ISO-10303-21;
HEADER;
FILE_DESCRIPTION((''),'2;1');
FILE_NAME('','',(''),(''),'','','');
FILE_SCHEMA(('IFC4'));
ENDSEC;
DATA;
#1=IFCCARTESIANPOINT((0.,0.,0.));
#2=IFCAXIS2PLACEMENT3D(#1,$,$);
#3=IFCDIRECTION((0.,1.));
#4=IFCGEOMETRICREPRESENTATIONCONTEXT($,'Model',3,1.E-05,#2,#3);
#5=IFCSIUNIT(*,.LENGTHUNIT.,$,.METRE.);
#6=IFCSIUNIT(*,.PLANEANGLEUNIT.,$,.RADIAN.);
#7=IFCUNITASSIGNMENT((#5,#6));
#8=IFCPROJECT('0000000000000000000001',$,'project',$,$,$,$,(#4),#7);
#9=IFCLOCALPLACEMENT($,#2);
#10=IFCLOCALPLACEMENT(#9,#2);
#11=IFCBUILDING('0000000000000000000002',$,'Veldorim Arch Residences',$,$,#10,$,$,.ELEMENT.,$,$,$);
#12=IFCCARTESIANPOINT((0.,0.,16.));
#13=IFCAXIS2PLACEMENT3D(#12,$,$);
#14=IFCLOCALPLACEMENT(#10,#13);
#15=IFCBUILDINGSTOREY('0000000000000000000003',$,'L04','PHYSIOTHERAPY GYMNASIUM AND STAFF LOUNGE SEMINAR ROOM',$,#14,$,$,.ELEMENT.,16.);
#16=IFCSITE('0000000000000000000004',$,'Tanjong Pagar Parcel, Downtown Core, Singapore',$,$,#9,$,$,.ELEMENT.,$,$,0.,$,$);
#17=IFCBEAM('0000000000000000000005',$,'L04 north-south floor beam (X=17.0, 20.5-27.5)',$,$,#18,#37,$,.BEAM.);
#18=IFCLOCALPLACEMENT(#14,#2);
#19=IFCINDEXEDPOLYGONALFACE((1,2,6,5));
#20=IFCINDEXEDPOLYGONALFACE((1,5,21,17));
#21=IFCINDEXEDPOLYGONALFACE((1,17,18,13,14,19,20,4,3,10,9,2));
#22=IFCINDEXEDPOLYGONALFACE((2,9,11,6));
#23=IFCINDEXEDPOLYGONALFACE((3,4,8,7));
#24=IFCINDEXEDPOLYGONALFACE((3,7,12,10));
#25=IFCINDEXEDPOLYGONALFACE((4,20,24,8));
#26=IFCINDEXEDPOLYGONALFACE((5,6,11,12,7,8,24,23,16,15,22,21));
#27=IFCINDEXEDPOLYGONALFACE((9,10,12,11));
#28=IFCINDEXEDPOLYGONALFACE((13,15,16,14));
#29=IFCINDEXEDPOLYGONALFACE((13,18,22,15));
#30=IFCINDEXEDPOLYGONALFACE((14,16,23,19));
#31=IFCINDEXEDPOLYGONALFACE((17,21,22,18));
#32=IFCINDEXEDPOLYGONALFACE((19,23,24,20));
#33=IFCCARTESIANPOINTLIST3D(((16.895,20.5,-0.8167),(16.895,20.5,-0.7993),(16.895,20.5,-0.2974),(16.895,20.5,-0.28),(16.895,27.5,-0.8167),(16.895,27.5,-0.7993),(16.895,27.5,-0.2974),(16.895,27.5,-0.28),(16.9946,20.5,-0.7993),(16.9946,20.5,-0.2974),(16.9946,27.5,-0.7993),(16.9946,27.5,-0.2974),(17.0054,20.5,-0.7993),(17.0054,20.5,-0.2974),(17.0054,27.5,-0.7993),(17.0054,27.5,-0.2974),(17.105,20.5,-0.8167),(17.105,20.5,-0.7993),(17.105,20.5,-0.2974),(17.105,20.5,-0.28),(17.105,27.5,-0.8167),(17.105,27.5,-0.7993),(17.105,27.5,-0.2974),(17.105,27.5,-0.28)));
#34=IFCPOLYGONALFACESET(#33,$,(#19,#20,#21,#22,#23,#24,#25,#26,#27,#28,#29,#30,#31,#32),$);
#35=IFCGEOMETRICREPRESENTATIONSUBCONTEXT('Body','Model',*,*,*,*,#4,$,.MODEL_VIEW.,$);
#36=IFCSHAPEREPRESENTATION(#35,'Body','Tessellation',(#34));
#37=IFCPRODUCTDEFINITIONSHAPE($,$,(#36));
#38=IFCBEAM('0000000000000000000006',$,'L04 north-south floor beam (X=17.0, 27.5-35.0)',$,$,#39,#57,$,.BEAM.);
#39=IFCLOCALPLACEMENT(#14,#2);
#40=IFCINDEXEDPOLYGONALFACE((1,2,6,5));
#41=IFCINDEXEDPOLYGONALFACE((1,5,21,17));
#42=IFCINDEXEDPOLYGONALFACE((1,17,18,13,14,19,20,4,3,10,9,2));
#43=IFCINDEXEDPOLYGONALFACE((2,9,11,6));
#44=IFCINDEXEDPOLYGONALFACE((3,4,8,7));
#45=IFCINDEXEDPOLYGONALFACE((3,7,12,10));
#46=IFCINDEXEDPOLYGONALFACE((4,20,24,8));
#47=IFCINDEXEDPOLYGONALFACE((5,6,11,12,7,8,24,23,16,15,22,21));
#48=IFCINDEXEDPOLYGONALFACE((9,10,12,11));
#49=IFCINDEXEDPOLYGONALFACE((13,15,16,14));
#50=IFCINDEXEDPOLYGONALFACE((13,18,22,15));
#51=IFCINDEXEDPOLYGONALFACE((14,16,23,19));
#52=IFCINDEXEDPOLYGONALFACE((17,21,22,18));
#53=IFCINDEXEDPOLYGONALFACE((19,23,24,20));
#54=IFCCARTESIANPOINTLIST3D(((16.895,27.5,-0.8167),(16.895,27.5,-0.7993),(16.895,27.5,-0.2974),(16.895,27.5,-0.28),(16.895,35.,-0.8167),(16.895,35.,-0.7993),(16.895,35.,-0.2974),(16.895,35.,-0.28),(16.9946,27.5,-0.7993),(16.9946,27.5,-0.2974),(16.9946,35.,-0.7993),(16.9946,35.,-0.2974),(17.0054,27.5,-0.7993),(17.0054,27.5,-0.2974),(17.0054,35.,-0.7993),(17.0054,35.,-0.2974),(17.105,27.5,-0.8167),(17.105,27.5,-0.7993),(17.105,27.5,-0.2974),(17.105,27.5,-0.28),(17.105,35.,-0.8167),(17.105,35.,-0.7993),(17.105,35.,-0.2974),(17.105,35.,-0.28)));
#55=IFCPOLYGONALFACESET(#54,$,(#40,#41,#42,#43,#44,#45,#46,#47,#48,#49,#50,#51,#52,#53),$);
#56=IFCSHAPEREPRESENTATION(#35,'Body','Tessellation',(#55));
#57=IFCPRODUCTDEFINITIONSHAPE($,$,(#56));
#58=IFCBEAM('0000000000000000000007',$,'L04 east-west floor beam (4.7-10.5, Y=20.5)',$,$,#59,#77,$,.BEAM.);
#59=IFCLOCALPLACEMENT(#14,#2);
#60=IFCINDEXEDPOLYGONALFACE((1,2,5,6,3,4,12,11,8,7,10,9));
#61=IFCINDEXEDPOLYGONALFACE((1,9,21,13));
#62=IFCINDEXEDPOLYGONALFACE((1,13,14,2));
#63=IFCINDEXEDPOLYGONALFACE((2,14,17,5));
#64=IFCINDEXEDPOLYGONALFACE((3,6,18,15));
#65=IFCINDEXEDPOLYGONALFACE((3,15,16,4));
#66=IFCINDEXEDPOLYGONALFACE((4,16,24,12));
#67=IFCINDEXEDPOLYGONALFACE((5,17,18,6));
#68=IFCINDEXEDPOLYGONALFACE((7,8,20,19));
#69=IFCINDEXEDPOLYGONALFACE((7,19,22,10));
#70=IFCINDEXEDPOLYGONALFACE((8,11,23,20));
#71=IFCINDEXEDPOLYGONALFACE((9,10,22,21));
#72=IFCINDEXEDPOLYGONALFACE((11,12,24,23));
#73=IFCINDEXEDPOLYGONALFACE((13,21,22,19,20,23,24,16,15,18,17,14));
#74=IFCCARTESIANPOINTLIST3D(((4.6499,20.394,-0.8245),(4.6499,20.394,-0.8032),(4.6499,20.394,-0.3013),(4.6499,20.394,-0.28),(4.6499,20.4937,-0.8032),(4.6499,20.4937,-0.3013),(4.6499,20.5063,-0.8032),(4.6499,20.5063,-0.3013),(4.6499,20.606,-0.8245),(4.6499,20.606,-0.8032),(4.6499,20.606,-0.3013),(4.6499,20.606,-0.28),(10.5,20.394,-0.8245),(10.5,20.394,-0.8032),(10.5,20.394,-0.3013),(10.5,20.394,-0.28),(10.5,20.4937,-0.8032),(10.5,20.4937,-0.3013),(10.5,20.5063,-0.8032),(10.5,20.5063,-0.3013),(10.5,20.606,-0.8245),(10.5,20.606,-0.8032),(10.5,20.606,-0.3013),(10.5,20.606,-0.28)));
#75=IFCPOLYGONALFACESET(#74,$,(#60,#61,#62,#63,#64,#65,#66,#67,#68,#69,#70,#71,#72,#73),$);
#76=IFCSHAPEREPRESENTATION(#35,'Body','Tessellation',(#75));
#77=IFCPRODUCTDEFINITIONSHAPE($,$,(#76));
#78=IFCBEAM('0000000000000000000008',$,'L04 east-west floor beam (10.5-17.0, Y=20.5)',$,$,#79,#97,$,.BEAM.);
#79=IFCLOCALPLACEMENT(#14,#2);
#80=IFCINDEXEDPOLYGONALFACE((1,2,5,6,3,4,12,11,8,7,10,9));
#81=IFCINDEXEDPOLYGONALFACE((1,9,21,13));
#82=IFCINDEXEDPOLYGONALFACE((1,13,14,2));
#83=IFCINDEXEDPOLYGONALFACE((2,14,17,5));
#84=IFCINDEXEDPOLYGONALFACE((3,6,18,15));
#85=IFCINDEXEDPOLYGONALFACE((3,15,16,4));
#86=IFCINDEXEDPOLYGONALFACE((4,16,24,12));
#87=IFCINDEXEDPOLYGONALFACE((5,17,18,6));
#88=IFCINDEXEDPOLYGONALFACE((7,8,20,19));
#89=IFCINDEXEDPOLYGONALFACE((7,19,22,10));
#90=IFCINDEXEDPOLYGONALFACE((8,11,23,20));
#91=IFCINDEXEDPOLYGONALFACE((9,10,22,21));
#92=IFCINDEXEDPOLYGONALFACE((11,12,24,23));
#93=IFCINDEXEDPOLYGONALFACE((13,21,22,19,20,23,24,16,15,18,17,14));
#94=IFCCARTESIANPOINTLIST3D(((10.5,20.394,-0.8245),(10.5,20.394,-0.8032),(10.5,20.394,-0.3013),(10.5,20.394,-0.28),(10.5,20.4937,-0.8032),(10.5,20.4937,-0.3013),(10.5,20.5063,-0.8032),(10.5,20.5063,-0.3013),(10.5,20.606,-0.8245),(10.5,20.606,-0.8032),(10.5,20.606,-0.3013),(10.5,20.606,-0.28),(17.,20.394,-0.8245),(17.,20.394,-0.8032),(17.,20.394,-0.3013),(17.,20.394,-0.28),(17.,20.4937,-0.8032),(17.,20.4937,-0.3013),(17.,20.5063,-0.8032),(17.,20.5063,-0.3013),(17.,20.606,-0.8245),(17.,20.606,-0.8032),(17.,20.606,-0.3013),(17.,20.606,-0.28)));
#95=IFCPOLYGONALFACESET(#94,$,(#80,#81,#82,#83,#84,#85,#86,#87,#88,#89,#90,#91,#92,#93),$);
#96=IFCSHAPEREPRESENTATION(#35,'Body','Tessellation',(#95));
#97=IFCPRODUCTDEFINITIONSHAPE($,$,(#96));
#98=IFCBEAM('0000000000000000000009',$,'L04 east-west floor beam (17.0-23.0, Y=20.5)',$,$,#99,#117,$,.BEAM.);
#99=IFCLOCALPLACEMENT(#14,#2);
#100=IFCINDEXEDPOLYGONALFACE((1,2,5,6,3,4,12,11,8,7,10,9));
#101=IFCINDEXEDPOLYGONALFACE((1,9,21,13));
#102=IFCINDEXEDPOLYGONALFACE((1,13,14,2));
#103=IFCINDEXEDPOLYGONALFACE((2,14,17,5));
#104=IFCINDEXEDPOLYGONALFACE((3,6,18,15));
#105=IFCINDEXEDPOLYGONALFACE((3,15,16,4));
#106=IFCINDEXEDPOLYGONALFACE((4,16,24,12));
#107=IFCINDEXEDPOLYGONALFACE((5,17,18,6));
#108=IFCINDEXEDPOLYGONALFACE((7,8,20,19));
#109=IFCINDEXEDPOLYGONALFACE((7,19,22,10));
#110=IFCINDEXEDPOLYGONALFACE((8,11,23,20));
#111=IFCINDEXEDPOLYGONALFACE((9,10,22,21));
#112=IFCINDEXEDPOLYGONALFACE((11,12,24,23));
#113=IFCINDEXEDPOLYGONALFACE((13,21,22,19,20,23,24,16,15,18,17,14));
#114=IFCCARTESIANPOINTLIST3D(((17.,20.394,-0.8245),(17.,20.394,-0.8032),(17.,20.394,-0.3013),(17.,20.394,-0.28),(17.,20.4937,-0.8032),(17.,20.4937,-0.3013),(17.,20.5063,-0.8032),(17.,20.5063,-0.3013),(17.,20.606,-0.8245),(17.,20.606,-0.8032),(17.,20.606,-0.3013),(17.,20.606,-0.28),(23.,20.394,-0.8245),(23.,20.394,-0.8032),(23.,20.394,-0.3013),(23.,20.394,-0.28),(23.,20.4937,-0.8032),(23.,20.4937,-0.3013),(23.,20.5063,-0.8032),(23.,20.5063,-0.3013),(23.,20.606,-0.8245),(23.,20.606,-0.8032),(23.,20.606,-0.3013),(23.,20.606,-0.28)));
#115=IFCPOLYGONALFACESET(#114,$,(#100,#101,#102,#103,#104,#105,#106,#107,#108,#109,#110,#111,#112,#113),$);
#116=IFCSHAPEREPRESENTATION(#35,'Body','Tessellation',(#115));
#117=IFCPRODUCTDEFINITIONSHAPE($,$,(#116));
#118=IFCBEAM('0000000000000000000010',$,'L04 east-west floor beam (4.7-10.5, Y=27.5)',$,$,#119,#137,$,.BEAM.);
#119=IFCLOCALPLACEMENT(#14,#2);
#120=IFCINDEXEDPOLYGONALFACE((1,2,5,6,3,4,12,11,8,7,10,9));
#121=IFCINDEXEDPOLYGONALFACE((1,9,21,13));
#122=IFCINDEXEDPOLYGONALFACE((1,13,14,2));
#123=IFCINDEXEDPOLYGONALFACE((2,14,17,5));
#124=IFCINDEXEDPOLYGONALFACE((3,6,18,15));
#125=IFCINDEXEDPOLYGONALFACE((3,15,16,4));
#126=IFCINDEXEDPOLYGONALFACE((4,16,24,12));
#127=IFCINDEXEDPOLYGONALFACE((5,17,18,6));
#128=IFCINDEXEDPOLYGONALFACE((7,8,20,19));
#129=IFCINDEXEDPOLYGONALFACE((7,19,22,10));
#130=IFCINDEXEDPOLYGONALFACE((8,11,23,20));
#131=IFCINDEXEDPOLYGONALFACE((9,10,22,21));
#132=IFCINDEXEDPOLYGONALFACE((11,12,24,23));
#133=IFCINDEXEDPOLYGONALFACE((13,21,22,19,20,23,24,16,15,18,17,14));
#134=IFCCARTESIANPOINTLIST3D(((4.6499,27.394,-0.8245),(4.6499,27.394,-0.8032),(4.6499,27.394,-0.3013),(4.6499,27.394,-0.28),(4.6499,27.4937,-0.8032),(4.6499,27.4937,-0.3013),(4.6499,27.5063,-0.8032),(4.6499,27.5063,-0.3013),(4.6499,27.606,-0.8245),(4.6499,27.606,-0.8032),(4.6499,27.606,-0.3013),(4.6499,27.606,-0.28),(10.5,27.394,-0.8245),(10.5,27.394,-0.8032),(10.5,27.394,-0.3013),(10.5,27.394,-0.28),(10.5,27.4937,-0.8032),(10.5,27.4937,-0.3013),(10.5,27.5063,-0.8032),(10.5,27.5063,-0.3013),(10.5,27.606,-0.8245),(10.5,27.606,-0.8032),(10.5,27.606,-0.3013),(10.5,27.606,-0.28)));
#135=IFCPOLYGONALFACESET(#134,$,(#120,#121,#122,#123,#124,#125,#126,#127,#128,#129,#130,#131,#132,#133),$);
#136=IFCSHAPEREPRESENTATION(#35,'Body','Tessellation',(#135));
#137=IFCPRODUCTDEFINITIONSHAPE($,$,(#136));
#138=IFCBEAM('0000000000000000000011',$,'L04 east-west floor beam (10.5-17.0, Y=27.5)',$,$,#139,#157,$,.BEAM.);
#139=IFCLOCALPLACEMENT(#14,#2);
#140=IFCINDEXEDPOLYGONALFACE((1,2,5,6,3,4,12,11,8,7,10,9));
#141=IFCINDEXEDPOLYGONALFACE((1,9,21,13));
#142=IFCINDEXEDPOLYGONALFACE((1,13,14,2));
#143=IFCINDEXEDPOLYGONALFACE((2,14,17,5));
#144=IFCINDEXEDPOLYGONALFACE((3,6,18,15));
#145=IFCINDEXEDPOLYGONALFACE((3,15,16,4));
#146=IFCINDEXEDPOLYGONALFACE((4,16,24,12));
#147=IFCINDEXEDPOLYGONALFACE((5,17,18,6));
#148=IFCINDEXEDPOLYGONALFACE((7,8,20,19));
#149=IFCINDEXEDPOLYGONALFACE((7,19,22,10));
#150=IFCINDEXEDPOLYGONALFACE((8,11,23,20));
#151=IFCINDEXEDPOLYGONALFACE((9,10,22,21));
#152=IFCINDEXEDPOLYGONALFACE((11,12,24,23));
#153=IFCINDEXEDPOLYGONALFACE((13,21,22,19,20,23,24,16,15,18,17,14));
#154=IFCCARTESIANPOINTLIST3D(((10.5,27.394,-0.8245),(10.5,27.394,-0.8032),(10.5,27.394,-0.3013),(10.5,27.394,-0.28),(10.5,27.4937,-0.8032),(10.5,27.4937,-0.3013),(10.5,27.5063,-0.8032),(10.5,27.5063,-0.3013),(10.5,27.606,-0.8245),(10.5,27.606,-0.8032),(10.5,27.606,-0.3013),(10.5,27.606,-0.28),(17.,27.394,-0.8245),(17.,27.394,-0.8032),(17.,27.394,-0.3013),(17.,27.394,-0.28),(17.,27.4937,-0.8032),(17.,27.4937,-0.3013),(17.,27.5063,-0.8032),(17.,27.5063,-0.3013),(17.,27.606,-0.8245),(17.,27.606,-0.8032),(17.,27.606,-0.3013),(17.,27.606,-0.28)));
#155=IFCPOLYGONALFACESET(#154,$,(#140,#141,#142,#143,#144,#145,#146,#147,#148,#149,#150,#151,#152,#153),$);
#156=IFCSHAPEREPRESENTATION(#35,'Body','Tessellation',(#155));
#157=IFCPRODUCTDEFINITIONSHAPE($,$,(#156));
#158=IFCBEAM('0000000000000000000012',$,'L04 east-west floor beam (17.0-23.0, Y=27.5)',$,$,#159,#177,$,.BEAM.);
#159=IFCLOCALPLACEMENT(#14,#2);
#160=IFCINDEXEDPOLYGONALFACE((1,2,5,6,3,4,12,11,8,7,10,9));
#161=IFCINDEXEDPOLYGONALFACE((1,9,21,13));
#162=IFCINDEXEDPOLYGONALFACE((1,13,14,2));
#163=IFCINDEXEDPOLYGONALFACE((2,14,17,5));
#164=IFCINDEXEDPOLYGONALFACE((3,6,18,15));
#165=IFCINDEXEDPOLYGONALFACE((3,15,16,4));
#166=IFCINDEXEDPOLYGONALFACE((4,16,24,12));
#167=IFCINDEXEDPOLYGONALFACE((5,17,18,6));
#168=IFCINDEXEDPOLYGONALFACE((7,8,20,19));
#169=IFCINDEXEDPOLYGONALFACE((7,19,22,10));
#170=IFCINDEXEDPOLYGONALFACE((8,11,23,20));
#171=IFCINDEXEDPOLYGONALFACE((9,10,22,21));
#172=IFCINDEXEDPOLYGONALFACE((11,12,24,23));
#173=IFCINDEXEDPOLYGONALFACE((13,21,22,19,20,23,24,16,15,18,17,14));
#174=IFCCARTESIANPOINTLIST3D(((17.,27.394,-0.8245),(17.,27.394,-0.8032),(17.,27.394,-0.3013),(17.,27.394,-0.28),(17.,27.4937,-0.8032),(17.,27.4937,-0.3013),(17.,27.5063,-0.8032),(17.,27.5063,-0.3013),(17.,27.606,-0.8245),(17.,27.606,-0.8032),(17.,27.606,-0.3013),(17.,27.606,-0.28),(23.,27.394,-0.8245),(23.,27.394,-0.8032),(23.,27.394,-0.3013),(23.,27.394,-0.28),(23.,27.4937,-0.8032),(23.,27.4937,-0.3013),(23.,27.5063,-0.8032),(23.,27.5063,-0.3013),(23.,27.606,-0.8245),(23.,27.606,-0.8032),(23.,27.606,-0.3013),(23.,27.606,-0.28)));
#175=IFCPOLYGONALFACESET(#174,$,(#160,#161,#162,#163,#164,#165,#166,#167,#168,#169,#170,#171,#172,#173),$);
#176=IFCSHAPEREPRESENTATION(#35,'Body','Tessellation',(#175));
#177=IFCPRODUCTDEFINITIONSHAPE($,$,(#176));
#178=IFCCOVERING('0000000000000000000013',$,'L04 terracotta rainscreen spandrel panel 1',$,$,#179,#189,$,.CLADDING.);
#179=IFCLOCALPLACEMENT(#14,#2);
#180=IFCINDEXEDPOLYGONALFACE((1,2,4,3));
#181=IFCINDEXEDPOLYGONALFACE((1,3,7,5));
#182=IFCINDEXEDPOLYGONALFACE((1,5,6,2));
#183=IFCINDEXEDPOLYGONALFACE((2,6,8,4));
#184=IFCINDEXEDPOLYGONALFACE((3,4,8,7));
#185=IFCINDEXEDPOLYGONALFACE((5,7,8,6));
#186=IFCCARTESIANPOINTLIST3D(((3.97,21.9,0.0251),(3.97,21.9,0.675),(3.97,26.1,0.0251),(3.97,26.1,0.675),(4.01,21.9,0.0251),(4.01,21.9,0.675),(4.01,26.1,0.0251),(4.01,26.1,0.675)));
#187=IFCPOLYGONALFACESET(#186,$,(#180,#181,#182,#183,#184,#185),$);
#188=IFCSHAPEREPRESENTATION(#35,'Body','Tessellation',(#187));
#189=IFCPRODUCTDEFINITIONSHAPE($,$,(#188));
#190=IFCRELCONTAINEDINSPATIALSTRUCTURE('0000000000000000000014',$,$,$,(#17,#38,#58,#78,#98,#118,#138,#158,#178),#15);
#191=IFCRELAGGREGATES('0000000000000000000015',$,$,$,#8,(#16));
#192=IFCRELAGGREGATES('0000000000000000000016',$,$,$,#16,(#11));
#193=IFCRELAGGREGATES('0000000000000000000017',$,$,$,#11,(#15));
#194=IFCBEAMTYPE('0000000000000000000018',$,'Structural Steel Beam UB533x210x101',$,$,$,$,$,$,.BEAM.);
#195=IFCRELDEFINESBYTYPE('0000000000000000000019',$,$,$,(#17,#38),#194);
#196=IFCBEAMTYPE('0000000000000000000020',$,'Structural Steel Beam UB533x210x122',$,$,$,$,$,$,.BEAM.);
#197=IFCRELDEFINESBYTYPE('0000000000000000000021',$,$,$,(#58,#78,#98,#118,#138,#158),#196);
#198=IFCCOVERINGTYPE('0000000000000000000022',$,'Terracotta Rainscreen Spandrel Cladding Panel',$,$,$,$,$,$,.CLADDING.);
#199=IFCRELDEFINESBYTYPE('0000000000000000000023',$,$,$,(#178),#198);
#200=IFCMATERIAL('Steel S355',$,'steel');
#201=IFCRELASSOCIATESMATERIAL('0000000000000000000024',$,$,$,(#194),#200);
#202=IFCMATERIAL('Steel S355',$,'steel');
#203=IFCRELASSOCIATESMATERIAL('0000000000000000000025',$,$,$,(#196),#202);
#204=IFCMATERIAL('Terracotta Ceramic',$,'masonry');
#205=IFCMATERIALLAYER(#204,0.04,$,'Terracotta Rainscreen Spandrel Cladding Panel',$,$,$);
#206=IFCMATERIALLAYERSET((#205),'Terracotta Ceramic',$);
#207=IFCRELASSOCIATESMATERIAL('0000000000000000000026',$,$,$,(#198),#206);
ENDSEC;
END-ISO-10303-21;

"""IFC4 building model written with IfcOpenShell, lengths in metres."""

from ifc_helpers import new_model, si_unit, direction, frame, origin, origin_2d, place, context, subcontext, project, spatial, rectangle, i_section, extrude, material, layer, layer_set, material_profile, profile_set, type_object, element, save


model = new_model("IFC4")

# Units and contexts
model_context = context("Model", 3, precision=1e-05, world=origin(), true_north=direction((0.0, 1.0)))
body_context = subcontext(model_context, "Body", "Model", "MODEL_VIEW")
ifc_project = project(units=[si_unit("LENGTHUNIT", "METRE"), si_unit("PLANEANGLEUNIT", "RADIAN")], contexts=[model_context])

# Site, building, storey
site_placement = place(None, origin())
site = spatial("IfcSite", under=ifc_project, at=site_placement, Name="Tanjong Pagar Parcel, Downtown Core, Singapore", CompositionType="ELEMENT", RefElevation=0.0)
building_placement = place(site_placement, origin())
building = spatial("IfcBuilding", under=site, at=building_placement, Name="Veldorim Arch Residences", CompositionType="ELEMENT")
storey_placement = place(building_placement, frame((0.0, 0.0, 16.0)))
storey = spatial("IfcBuildingStorey", under=building, at=storey_placement, Name="L04", Description="PHYSIOTHERAPY GYMNASIUM AND STAFF LOUNGE SEMINAR ROOM", CompositionType="ELEMENT", Elevation=16.0)

# Beams
ifc_material_1 = material(Name="Steel S355", Category="steel")
ifc_material_profile_1 = material_profile(ifc_material_1, i_section(OverallWidth=0.21, OverallDepth=0.5366, WebThickness=0.0107, FlangeThickness=0.0173, at=origin_2d()), Name="UB533x210x101")
ifc_profile_set_1 = profile_set([ifc_material_profile_1], Name="Steel S355")
beam_type_1 = type_object("IfcBeamType", Name="Structural Steel Beam UB533x210x101", PredefinedType="BEAM", material=ifc_profile_set_1)
beam_1_placement = place(storey_placement, frame((17.0, 20.5, -0.5483), z_axis=(0.0, 1.0, 0.0), x_axis=(-1.0, 0.0, 0.0)))
element("IfcBeam", 1, at=beam_1_placement, inside=storey, type_object=beam_type_1, Name="L04 north-south floor beam (X=17.0, 20.5-27.5)", PredefinedType="BEAM", context=body_context, shape_type="SweptSolid", body=[
    extrude(i_section(OverallWidth=0.21, OverallDepth=0.5366, WebThickness=0.0107, FlangeThickness=0.0173, at=origin_2d()), origin(), (0.0, 0.0, 1.0), 7.0),
])
beam_2_placement = place(storey_placement, frame((17.0, 27.5, -0.5483), z_axis=(0.0, 1.0, 0.0), x_axis=(-1.0, 0.0, 0.0)))
element("IfcBeam", 2, at=beam_2_placement, inside=storey, type_object=beam_type_1, Name="L04 north-south floor beam (X=17.0, 27.5-35.0)", PredefinedType="BEAM", context=body_context, shape_type="SweptSolid", body=[
    extrude(i_section(OverallWidth=0.21, OverallDepth=0.5366, WebThickness=0.0107, FlangeThickness=0.0173, at=origin_2d()), origin(), (0.0, 0.0, 1.0), 7.5),
])
ifc_material_2 = material(Name="Steel S355", Category="steel")
ifc_material_profile_2 = material_profile(ifc_material_2, i_section(OverallWidth=0.2119, OverallDepth=0.5444, WebThickness=0.0127, FlangeThickness=0.0212, at=origin_2d()), Name="UB533x210x122")
ifc_profile_set_2 = profile_set([ifc_material_profile_2], Name="Steel S355")
beam_type_2 = type_object("IfcBeamType", Name="Structural Steel Beam UB533x210x122", PredefinedType="BEAM", material=ifc_profile_set_2)
beam_3_placement = place(storey_placement, frame((4.6499, 20.5, -0.5522), z_axis=(1.0, 0.0, 0.0), x_axis=(0.0, 1.0, 0.0)))
element("IfcBeam", 3, at=beam_3_placement, inside=storey, type_object=beam_type_2, Name="L04 east-west floor beam (4.7-10.5, Y=20.5)", PredefinedType="BEAM", context=body_context, shape_type="SweptSolid", body=[
    extrude(i_section(OverallWidth=0.2119, OverallDepth=0.5444, WebThickness=0.0127, FlangeThickness=0.0212, at=origin_2d()), origin(), (0.0, 0.0, 1.0), 5.8501),
])
beam_4_placement = place(storey_placement, frame((10.5, 20.5, -0.5522), z_axis=(1.0, 0.0, 0.0), x_axis=(0.0, 1.0, 0.0)))
element("IfcBeam", 4, at=beam_4_placement, inside=storey, type_object=beam_type_2, Name="L04 east-west floor beam (10.5-17.0, Y=20.5)", PredefinedType="BEAM", context=body_context, shape_type="SweptSolid", body=[
    extrude(i_section(OverallWidth=0.2119, OverallDepth=0.5444, WebThickness=0.0127, FlangeThickness=0.0212, at=origin_2d()), origin(), (0.0, 0.0, 1.0), 6.5),
])
beam_5_placement = place(storey_placement, frame((17.0, 20.5, -0.5522), z_axis=(1.0, 0.0, 0.0), x_axis=(0.0, 1.0, 0.0)))
element("IfcBeam", 5, at=beam_5_placement, inside=storey, type_object=beam_type_2, Name="L04 east-west floor beam (17.0-23.0, Y=20.5)", PredefinedType="BEAM", context=body_context, shape_type="SweptSolid", body=[
    extrude(i_section(OverallWidth=0.2119, OverallDepth=0.5444, WebThickness=0.0127, FlangeThickness=0.0212, at=origin_2d()), origin(), (0.0, 0.0, 1.0), 6.0),
])
beam_6_placement = place(storey_placement, frame((4.6499, 27.5, -0.5522), z_axis=(1.0, 0.0, 0.0), x_axis=(0.0, 1.0, 0.0)))
element("IfcBeam", 6, at=beam_6_placement, inside=storey, type_object=beam_type_2, Name="L04 east-west floor beam (4.7-10.5, Y=27.5)", PredefinedType="BEAM", context=body_context, shape_type="SweptSolid", body=[
    extrude(i_section(OverallWidth=0.2119, OverallDepth=0.5444, WebThickness=0.0127, FlangeThickness=0.0212, at=origin_2d()), origin(), (0.0, 0.0, 1.0), 5.8501),
])
beam_7_placement = place(storey_placement, frame((10.5, 27.5, -0.5522), z_axis=(1.0, 0.0, 0.0), x_axis=(0.0, 1.0, 0.0)))
element("IfcBeam", 7, at=beam_7_placement, inside=storey, type_object=beam_type_2, Name="L04 east-west floor beam (10.5-17.0, Y=27.5)", PredefinedType="BEAM", context=body_context, shape_type="SweptSolid", body=[
    extrude(i_section(OverallWidth=0.2119, OverallDepth=0.5444, WebThickness=0.0127, FlangeThickness=0.0212, at=origin_2d()), origin(), (0.0, 0.0, 1.0), 6.5),
])
beam_8_placement = place(storey_placement, frame((17.0, 27.5, -0.5522), z_axis=(1.0, 0.0, 0.0), x_axis=(0.0, 1.0, 0.0)))
element("IfcBeam", 8, at=beam_8_placement, inside=storey, type_object=beam_type_2, Name="L04 east-west floor beam (17.0-23.0, Y=27.5)", PredefinedType="BEAM", context=body_context, shape_type="SweptSolid", body=[
    extrude(i_section(OverallWidth=0.2119, OverallDepth=0.5444, WebThickness=0.0127, FlangeThickness=0.0212, at=origin_2d()), origin(), (0.0, 0.0, 1.0), 6.0),
])

# Covering
ifc_material_3 = material(Name="Terracotta Ceramic", Category="masonry")
ifc_layer = layer(ifc_material_3, 0.04, Name="Terracotta Rainscreen Spandrel Cladding Panel")
ifc_layer_set = layer_set([ifc_layer], Name="Terracotta Ceramic")
covering_type = type_object("IfcCoveringType", Name="Terracotta Rainscreen Spandrel Cladding Panel", PredefinedType="CLADDING", material=ifc_layer_set)
covering_placement = place(storey_placement, frame((3.99, 24.0, 0.0251), z_axis=(0.0, 0.0, 1.0), x_axis=(0.0, 1.0, 0.0)))
element("IfcCovering", 9, at=covering_placement, inside=storey, type_object=covering_type, Name="L04 terracotta rainscreen spandrel panel 1", PredefinedType="CLADDING", context=body_context, shape_type="SweptSolid", body=[
    extrude(rectangle(XDim=4.2, YDim=0.04, at=origin_2d()), origin(), (0.0, 0.0, 1.0), 0.6499),
])

save(model, "model.ifc")
